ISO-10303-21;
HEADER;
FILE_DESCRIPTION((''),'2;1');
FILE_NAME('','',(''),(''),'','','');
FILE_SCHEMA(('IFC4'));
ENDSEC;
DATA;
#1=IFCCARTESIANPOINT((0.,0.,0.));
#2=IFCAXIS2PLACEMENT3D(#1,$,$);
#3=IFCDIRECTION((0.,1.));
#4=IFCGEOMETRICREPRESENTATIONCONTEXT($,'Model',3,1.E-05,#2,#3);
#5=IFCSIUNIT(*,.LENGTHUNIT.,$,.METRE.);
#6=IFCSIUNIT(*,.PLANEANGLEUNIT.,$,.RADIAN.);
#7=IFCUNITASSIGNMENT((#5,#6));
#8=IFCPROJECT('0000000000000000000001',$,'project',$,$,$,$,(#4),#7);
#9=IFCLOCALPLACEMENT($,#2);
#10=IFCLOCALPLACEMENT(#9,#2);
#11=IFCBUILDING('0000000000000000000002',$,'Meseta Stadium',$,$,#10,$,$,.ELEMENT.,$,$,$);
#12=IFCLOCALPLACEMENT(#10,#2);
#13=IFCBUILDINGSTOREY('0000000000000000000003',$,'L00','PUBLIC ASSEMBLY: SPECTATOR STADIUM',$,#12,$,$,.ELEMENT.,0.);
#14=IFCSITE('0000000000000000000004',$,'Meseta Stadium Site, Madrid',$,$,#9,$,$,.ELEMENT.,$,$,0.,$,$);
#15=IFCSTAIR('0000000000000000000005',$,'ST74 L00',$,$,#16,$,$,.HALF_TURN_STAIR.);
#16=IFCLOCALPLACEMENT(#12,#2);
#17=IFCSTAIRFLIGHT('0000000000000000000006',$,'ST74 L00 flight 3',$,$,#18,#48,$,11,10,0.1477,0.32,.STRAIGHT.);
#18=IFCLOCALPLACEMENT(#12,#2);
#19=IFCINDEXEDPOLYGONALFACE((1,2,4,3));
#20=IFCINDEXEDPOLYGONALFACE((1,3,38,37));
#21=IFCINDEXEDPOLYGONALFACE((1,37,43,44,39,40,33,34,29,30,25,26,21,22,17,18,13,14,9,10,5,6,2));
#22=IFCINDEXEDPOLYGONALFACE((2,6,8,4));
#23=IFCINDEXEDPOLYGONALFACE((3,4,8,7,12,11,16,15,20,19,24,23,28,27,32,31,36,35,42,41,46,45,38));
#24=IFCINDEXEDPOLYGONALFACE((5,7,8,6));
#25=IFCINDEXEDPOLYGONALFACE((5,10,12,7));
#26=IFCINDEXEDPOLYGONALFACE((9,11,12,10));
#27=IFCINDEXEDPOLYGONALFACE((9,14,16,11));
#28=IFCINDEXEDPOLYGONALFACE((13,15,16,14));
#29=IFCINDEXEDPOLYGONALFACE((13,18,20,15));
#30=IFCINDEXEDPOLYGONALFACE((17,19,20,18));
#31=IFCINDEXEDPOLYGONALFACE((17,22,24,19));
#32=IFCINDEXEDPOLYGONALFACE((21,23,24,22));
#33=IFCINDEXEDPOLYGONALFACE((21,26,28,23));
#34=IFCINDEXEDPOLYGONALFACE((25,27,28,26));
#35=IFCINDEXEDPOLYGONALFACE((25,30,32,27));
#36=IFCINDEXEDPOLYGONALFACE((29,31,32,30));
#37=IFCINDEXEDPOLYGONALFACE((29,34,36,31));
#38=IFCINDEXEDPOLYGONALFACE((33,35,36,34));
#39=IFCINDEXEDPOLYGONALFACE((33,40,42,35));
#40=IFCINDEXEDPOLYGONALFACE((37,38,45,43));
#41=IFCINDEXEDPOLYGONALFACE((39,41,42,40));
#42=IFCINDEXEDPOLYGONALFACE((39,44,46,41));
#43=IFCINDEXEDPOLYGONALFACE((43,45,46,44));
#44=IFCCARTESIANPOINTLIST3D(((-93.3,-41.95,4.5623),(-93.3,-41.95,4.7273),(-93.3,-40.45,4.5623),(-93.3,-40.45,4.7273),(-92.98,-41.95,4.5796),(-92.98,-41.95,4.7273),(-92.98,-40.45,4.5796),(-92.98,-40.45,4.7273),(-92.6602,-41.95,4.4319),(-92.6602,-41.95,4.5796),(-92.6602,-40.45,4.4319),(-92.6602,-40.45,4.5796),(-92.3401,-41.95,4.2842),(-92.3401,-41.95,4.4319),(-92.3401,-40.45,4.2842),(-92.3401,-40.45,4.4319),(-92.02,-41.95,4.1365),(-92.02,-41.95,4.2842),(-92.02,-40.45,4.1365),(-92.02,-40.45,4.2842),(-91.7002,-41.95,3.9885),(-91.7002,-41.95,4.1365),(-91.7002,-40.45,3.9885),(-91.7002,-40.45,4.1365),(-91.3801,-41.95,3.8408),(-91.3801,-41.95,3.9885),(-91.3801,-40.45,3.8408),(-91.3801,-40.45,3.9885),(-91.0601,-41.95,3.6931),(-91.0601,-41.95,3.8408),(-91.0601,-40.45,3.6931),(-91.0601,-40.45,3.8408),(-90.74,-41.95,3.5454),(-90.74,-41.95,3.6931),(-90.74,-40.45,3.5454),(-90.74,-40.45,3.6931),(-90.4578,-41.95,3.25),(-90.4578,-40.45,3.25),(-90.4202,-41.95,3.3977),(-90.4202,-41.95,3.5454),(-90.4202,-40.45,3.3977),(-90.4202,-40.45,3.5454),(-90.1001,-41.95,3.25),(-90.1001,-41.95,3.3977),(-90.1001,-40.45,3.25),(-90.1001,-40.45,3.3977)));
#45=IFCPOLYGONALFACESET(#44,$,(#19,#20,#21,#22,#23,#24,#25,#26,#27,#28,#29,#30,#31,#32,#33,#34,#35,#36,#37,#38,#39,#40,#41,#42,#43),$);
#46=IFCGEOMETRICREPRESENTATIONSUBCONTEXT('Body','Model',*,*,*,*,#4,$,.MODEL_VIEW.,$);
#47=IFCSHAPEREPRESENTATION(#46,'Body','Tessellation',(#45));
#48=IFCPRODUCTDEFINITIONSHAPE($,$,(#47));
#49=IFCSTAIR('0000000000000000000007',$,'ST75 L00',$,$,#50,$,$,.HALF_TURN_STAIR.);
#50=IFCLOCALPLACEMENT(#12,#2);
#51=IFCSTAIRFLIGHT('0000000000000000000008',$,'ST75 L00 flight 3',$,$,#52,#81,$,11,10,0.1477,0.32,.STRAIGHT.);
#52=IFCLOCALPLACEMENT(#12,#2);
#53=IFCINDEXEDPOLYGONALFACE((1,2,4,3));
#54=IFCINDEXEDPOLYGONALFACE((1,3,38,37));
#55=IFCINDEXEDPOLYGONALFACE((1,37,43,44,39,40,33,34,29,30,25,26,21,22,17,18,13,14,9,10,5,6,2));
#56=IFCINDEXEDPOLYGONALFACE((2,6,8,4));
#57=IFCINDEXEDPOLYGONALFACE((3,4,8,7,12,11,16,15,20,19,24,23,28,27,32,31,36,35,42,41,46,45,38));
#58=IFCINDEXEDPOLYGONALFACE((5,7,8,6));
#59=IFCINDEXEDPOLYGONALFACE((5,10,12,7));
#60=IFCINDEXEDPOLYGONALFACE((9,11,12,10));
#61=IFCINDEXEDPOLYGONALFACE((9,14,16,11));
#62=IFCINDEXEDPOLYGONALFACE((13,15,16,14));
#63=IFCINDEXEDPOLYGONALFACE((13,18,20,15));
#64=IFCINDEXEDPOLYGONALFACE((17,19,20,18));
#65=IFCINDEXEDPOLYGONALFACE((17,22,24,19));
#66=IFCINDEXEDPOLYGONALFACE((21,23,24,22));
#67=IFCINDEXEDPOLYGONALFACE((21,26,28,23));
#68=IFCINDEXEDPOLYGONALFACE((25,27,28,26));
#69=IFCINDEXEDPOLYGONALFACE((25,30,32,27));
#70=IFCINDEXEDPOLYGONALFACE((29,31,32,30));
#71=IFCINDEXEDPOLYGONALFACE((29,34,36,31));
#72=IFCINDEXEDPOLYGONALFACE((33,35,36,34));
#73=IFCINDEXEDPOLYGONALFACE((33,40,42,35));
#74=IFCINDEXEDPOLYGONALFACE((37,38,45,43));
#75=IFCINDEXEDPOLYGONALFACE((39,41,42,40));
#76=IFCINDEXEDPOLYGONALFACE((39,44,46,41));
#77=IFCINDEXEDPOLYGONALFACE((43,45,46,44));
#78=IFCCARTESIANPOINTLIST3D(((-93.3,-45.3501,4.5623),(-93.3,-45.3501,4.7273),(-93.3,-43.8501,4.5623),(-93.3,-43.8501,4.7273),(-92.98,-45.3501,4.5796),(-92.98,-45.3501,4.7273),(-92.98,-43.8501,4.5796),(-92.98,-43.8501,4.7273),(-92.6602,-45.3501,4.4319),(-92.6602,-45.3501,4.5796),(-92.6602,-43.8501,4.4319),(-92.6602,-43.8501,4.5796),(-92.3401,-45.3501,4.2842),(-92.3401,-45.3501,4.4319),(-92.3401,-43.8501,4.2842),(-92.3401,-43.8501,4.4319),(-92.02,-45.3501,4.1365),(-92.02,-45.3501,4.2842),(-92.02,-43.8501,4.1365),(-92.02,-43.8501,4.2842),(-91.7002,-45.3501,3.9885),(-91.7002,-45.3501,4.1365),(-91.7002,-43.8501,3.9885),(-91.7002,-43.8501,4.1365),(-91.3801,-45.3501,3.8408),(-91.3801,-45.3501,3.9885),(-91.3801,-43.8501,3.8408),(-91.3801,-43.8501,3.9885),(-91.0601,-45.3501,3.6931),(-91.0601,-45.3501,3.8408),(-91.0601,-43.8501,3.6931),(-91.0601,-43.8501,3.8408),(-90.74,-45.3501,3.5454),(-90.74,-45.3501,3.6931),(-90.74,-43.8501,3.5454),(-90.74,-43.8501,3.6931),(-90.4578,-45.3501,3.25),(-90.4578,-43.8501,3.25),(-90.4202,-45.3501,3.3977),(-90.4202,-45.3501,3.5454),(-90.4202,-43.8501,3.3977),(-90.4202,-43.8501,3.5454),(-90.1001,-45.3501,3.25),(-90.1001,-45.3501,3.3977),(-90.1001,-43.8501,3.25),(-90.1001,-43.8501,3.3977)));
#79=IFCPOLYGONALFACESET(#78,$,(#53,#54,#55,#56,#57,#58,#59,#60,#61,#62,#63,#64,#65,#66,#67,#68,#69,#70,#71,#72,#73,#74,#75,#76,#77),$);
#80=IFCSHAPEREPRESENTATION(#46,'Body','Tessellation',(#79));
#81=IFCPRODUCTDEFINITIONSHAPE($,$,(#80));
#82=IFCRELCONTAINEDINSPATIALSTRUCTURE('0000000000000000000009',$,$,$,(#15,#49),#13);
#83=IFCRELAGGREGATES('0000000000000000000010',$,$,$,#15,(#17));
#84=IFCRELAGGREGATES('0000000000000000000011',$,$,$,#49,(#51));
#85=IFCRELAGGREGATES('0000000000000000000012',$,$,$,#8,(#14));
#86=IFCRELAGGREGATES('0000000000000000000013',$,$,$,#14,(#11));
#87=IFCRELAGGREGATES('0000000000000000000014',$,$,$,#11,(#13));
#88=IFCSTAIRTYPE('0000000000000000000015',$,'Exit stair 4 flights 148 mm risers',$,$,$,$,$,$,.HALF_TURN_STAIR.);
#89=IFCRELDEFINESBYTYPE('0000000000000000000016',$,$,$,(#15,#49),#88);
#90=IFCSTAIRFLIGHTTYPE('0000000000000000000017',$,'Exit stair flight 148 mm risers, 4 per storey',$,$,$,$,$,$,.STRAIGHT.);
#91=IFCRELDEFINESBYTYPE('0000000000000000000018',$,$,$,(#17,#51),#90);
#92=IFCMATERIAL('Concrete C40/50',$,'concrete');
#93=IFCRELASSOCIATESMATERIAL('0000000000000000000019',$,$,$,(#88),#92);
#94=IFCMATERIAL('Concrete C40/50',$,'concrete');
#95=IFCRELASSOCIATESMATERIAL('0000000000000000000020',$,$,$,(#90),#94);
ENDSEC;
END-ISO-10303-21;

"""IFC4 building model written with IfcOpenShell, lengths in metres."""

from ifc_helpers import new_model, si_unit, direction, frame, origin, place, context, subcontext, project, spatial, polyline, outline, extrude, material, type_object, element, aggregate, save


model = new_model("IFC4")

# Units and contexts
model_context = context("Model", 3, precision=1e-05, world=origin(), true_north=direction((0.0, 1.0)))
body_context = subcontext(model_context, "Body", "Model", "MODEL_VIEW")
ifc_project = project(units=[si_unit("LENGTHUNIT", "METRE"), si_unit("PLANEANGLEUNIT", "RADIAN")], contexts=[model_context])

# Site, building, storey
site_placement = place(None, origin())
site = spatial("IfcSite", under=ifc_project, at=site_placement, Name="Meseta Stadium Site, Madrid", CompositionType="ELEMENT", RefElevation=0.0)
building_placement = place(site_placement, origin())
building = spatial("IfcBuilding", under=site, at=building_placement, Name="Meseta Stadium", CompositionType="ELEMENT")
storey_placement = place(building_placement, origin())
storey = spatial("IfcBuildingStorey", under=building, at=storey_placement, Name="L00", Description="PUBLIC ASSEMBLY: SPECTATOR STADIUM", CompositionType="ELEMENT", Elevation=0.0)

# Stair, stair flight
ifc_material_1 = material(Name="Concrete C40/50", Category="concrete")
stair_type = type_object("IfcStairType", Name="Exit stair 4 flights 148 mm risers", PredefinedType="HALF_TURN_STAIR", material=ifc_material_1)
ifc_material_2 = material(Name="Concrete C40/50", Category="concrete")
stair_flight_type = type_object("IfcStairFlightType", Name="Exit stair flight 148 mm risers, 4 per storey", PredefinedType="STRAIGHT", material=ifc_material_2)
stair_1_placement = place(storey_placement, origin())
stair_1 = element("IfcStair", 1, at=stair_1_placement, inside=storey, type_object=stair_type, Name="ST74 L00", PredefinedType="HALF_TURN_STAIR")
stair_flight_1_placement = place(storey_placement, frame((-90.1001, -41.2, 3.25), z_axis=(0.0, 0.0, 1.0), x_axis=(-1.0, 0.0, 0.0)))
stair_flight_1 = element("IfcStairFlight", 2, at=stair_flight_1_placement, type_object=stair_flight_type, Name="ST74 L00 flight 3", NumberOfRisers=11, NumberOfTreads=10, PredefinedType="STRAIGHT", RiserHeight=0.1477, TreadLength=0.32, context=body_context, shape_type="SweptSolid", body=[
    extrude(outline(polyline([(0.0, 0.0), (0.0, 0.1477), (0.3201, 0.1477), (0.3201, 0.2954), (0.6399, 0.2954), (0.6399, 0.4431), (0.96, 0.4431), (0.96, 0.5908), (1.28, 0.5908), (1.28, 0.7385), (1.6001, 0.7385), (1.6001, 0.8865), (1.9199, 0.8865), (1.9199, 1.0342), (2.24, 1.0342), (2.24, 1.1819), (2.5601, 1.1819), (2.5601, 1.3296), (2.8799, 1.3296), (2.8799, 1.4773), (3.2, 1.4773), (3.2, 1.3123), (0.3577, 0.0), (0.0, 0.0)])), frame((0.0, 0.75, 0.0), z_axis=(0.0, -1.0, 0.0), x_axis=(1.0, 0.0, 0.0)), (0.0, 0.0, 1.0), 1.5),
])
aggregate(stair_1, [stair_flight_1])

# Stair, stair flight
stair_2_placement = place(storey_placement, origin())
stair_2 = element("IfcStair", 3, at=stair_2_placement, inside=storey, type_object=stair_type, Name="ST75 L00", PredefinedType="HALF_TURN_STAIR")
stair_flight_2_placement = place(storey_placement, frame((-90.1001, -44.6001, 3.25), z_axis=(0.0, 0.0, 1.0), x_axis=(-1.0, 0.0, 0.0)))
stair_flight_2 = element("IfcStairFlight", 4, at=stair_flight_2_placement, type_object=stair_flight_type, Name="ST75 L00 flight 3", NumberOfRisers=11, NumberOfTreads=10, PredefinedType="STRAIGHT", RiserHeight=0.1477, TreadLength=0.32, context=body_context, shape_type="SweptSolid", body=[
    extrude(outline(polyline([(0.0, 0.0), (0.0, 0.1477), (0.3201, 0.1477), (0.3201, 0.2954), (0.6399, 0.2954), (0.6399, 0.4431), (0.96, 0.4431), (0.96, 0.5908), (1.28, 0.5908), (1.28, 0.7385), (1.6001, 0.7385), (1.6001, 0.8865), (1.9199, 0.8865), (1.9199, 1.0342), (2.24, 1.0342), (2.24, 1.1819), (2.5601, 1.1819), (2.5601, 1.3296), (2.8799, 1.3296), (2.8799, 1.4773), (3.2, 1.4773), (3.2, 1.3123), (0.3577, 0.0), (0.0, 0.0)])), frame((0.0, 0.75, 0.0), z_axis=(0.0, -1.0, 0.0), x_axis=(1.0, 0.0, 0.0)), (0.0, 0.0, 1.0), 1.5),
])
aggregate(stair_2, [stair_flight_2])

save(model, "model.ifc")
